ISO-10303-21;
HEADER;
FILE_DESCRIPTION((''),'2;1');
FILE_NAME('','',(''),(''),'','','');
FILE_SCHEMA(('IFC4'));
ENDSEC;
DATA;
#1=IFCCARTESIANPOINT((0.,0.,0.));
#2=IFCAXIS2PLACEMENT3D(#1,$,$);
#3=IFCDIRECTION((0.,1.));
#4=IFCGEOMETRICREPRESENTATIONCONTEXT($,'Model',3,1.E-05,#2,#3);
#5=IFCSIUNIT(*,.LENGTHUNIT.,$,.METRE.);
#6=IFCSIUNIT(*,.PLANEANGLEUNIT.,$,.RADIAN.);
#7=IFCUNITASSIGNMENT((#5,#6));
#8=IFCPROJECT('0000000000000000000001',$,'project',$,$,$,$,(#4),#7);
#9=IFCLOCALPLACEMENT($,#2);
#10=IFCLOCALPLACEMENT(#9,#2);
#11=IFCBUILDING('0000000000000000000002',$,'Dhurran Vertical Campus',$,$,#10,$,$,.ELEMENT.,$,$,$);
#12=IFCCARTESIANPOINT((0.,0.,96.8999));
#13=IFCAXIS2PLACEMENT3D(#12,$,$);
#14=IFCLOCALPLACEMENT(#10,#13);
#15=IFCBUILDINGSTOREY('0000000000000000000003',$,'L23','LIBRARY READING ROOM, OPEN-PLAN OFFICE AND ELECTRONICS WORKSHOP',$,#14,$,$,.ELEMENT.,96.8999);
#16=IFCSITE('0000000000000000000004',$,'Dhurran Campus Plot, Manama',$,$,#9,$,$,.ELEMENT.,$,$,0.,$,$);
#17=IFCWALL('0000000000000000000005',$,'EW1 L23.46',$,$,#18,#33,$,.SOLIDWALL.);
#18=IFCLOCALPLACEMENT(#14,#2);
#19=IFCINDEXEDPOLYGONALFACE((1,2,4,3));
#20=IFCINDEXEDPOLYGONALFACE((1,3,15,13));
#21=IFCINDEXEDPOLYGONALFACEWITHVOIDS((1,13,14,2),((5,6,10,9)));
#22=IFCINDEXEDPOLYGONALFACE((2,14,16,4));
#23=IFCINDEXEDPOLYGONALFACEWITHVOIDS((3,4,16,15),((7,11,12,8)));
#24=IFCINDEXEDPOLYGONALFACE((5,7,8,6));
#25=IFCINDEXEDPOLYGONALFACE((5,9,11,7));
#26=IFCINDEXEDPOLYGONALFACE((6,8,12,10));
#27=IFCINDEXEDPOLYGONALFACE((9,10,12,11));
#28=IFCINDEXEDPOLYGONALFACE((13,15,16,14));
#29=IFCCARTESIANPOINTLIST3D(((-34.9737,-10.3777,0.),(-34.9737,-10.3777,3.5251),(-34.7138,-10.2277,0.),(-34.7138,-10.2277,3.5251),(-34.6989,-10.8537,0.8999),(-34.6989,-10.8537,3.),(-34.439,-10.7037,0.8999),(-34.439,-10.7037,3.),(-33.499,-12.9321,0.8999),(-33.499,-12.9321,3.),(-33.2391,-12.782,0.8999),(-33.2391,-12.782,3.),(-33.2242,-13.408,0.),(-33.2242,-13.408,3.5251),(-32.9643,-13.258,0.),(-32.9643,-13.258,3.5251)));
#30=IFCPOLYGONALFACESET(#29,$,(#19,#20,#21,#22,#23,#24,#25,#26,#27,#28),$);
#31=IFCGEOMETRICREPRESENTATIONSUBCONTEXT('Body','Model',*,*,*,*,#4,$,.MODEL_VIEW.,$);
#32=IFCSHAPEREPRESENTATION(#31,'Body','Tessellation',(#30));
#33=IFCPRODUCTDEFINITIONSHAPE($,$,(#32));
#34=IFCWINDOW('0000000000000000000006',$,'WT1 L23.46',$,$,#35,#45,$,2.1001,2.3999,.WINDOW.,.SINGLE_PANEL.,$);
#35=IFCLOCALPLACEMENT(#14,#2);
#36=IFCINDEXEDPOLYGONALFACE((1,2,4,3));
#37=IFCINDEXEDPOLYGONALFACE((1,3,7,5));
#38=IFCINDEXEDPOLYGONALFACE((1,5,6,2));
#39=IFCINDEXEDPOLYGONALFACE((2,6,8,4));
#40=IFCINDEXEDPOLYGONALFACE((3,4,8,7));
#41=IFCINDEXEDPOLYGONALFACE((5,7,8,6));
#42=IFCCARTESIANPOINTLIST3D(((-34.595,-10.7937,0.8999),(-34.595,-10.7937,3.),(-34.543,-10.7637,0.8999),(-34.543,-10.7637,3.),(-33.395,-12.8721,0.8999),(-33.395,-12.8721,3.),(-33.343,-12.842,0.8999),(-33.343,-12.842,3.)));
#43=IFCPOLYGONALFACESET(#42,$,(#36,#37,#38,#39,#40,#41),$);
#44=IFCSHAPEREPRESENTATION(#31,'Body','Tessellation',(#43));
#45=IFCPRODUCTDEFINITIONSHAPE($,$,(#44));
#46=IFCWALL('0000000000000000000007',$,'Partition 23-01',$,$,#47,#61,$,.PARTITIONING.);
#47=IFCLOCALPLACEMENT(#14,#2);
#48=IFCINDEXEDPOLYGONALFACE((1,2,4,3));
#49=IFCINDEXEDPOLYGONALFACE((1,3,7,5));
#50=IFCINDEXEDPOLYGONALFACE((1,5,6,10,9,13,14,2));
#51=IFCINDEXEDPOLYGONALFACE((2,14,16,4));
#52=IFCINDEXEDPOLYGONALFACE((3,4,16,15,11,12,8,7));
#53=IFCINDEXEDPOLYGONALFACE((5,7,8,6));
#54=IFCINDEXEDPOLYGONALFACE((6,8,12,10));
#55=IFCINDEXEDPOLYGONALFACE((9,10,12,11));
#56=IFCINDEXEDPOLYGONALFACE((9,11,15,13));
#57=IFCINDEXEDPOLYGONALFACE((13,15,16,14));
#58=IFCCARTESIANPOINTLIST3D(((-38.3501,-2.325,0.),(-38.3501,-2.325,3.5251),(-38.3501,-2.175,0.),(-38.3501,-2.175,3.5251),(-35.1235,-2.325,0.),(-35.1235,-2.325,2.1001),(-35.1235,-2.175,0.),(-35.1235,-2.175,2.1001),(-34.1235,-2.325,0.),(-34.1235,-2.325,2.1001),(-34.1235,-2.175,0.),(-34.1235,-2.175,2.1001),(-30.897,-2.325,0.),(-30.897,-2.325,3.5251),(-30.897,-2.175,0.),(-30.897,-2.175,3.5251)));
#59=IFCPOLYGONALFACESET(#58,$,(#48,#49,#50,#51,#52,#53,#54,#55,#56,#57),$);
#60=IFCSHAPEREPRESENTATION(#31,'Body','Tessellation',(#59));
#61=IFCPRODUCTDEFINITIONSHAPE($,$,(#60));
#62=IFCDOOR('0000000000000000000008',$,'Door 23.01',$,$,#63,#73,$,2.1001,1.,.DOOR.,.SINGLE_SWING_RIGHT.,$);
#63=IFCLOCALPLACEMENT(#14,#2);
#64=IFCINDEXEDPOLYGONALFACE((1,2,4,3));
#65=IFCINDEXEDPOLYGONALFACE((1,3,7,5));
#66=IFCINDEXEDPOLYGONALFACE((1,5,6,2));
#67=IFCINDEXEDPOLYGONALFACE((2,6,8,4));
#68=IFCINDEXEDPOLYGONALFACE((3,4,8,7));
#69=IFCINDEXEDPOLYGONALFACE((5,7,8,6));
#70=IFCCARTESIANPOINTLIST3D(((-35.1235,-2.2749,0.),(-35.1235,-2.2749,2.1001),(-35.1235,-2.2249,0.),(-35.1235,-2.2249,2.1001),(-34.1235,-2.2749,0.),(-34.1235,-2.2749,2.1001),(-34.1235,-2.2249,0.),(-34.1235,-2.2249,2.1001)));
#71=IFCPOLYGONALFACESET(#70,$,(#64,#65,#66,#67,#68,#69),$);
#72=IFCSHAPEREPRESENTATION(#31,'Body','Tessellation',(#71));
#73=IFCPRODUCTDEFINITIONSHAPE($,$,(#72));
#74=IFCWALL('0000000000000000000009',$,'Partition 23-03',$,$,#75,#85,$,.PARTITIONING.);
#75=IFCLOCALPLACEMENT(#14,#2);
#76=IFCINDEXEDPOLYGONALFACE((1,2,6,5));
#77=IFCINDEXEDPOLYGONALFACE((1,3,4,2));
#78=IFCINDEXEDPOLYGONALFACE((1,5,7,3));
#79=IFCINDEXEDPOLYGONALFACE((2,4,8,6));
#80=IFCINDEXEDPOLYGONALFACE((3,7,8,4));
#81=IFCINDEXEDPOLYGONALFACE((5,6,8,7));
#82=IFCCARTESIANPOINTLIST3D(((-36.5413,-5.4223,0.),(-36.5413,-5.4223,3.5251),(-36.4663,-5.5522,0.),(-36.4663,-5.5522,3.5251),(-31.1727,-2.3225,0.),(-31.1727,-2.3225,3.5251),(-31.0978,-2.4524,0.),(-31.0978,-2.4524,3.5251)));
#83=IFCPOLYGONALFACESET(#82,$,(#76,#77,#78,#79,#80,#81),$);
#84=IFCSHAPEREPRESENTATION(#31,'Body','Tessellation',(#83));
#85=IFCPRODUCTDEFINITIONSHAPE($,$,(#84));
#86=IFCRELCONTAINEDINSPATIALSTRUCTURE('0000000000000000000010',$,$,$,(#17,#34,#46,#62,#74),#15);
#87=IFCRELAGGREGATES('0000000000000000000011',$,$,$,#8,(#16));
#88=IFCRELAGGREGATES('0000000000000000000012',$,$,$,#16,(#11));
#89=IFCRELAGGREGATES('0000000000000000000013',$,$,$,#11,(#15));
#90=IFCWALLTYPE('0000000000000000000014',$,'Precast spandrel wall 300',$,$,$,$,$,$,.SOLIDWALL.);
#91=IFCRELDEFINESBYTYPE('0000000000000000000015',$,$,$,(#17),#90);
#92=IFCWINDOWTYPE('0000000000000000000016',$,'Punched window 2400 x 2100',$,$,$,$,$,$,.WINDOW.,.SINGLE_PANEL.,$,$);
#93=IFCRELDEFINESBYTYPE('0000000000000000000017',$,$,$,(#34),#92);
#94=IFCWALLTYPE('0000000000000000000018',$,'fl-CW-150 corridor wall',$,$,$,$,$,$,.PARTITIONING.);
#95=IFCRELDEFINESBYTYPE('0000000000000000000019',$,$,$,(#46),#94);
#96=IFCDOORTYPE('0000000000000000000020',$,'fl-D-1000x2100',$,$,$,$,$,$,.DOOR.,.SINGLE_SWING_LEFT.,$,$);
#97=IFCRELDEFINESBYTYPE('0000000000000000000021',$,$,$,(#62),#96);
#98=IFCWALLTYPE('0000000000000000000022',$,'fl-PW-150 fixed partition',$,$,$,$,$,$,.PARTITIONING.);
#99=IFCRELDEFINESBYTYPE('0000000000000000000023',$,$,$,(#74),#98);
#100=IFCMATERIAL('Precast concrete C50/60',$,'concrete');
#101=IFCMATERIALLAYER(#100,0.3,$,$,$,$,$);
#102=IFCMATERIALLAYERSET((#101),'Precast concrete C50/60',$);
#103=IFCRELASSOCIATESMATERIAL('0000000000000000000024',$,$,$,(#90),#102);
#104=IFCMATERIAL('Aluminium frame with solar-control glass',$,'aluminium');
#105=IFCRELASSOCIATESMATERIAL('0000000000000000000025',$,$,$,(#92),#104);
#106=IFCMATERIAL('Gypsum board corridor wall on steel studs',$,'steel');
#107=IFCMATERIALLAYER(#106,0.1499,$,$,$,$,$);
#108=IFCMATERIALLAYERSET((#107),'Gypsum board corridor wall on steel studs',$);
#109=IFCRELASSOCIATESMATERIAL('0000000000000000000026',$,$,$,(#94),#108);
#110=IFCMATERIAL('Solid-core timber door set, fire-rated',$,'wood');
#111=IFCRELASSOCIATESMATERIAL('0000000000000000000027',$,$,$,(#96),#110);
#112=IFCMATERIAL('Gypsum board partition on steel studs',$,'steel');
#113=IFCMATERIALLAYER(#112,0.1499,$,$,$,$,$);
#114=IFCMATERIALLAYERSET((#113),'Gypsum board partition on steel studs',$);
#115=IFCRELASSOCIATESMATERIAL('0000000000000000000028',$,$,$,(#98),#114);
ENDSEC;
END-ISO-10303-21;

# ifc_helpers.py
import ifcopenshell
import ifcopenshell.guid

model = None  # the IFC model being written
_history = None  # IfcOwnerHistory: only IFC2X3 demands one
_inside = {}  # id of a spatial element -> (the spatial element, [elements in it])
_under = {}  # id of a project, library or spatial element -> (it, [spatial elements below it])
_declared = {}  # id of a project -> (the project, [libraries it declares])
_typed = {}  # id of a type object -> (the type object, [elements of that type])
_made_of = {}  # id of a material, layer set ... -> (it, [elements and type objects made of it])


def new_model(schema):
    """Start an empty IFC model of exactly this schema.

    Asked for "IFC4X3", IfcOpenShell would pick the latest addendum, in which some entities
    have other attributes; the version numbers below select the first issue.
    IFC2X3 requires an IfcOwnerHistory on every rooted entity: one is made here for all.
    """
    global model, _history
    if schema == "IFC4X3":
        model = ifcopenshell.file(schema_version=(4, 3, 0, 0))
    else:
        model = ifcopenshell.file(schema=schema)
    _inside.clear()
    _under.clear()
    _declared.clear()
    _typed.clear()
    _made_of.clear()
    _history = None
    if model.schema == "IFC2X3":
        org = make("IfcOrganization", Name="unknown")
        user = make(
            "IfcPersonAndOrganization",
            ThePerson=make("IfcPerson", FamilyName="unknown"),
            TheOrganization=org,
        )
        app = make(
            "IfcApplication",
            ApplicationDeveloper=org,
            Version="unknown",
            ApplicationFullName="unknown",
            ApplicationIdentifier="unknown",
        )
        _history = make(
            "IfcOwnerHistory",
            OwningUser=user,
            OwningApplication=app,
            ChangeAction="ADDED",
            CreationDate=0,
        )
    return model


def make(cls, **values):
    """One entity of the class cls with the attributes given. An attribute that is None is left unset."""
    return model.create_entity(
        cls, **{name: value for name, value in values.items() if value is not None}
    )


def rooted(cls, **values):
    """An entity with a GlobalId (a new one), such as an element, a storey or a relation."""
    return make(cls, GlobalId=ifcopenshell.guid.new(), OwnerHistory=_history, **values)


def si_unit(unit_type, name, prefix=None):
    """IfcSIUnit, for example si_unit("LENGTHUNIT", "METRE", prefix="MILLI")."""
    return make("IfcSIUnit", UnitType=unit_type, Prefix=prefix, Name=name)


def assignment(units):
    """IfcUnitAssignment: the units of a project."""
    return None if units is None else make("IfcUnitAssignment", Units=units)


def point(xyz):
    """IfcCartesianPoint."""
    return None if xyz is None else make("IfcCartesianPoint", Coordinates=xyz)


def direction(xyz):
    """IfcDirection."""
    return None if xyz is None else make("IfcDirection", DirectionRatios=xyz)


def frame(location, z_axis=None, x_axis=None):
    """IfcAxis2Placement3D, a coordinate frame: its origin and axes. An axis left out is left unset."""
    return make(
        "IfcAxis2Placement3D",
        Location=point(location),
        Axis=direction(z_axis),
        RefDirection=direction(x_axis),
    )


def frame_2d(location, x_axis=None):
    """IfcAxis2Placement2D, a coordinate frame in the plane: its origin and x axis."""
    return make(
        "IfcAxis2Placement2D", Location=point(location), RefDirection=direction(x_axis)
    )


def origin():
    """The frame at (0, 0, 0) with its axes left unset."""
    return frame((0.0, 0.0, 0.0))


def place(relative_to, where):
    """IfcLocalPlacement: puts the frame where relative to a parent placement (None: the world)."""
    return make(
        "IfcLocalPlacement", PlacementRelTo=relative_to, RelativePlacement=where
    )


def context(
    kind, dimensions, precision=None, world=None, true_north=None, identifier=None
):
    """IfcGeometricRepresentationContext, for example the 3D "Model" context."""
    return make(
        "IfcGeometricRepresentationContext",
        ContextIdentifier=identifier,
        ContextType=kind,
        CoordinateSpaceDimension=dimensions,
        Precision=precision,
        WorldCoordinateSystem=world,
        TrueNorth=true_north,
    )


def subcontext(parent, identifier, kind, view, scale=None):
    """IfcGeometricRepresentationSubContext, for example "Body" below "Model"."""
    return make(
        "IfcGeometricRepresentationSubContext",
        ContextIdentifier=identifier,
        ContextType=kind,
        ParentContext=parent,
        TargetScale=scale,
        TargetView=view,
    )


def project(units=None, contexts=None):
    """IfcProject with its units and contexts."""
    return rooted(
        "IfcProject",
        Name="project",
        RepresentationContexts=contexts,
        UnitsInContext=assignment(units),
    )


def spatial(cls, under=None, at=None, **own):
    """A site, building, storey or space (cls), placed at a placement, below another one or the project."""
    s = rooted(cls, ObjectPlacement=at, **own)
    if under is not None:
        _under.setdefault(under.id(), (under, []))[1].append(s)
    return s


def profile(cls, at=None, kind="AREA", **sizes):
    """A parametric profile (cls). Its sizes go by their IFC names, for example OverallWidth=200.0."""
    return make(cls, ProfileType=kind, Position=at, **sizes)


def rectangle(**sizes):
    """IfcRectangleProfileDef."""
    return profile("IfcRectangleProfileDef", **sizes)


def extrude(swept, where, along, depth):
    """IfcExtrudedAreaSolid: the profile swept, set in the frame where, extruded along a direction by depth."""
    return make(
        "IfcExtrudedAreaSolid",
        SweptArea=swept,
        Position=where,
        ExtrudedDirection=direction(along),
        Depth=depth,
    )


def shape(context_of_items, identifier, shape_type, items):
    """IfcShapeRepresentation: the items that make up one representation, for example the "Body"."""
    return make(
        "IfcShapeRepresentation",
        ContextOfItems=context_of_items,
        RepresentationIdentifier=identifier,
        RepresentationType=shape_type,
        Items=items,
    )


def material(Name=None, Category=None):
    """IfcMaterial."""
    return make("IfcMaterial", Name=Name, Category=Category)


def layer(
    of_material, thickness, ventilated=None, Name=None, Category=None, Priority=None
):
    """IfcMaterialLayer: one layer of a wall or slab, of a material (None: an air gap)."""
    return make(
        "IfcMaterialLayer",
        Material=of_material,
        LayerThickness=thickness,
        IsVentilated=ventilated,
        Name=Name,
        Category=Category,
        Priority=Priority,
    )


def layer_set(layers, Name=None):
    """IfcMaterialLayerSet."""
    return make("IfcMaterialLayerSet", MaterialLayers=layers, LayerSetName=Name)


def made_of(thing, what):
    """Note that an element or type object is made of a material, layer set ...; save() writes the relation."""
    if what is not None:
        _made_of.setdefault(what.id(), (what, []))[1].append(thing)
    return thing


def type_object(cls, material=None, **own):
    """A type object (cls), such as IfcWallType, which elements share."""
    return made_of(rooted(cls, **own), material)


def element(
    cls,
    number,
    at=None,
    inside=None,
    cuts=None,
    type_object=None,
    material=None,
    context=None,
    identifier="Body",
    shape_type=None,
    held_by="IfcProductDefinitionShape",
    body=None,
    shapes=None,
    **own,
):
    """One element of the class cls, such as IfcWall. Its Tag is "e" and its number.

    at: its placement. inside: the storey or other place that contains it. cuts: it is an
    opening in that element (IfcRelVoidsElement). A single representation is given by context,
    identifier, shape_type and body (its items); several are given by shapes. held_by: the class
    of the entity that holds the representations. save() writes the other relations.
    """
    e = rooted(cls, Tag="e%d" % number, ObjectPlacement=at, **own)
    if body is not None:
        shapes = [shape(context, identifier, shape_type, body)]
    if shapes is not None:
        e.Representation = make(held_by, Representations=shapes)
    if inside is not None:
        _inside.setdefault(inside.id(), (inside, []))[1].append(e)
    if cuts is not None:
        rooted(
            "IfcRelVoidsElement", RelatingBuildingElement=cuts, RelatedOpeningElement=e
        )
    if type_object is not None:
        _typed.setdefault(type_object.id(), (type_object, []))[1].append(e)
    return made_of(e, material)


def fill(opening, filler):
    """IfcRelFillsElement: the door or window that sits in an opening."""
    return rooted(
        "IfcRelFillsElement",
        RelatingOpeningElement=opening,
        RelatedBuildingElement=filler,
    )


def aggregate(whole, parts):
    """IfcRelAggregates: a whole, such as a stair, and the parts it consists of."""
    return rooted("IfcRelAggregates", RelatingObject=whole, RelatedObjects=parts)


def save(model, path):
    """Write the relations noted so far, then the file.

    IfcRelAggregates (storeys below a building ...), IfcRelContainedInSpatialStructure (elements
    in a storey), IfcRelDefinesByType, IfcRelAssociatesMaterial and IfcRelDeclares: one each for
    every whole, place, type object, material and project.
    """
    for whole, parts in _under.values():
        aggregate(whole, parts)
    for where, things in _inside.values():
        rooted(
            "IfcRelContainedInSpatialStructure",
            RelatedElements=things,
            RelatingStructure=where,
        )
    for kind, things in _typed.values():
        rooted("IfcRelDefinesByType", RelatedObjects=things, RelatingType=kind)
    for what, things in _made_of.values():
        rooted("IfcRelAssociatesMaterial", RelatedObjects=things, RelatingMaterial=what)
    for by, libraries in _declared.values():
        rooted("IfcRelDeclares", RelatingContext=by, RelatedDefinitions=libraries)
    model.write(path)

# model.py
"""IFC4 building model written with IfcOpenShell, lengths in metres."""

from ifc_helpers import new_model, si_unit, direction, frame, frame_2d, origin, place, context, subcontext, project, spatial, rectangle, extrude, material, layer, layer_set, type_object, element, fill, save


model = new_model("IFC4")

# Units and contexts
model_context = context("Model", 3, precision=1e-05, world=origin(), true_north=direction((0.0, 1.0)))
body_context = subcontext(model_context, "Body", "Model", "MODEL_VIEW")
ifc_project = project(units=[si_unit("LENGTHUNIT", "METRE"), si_unit("PLANEANGLEUNIT", "RADIAN")], contexts=[model_context])

# Site, building, storey
site_placement = place(None, origin())
site = spatial("IfcSite", under=ifc_project, at=site_placement, Name="Dhurran Campus Plot, Manama", CompositionType="ELEMENT", RefElevation=0.0)
building_placement = place(site_placement, origin())
building = spatial("IfcBuilding", under=site, at=building_placement, Name="Dhurran Vertical Campus", CompositionType="ELEMENT")
storey_placement = place(building_placement, frame((0.0, 0.0, 96.8999)))
storey = spatial("IfcBuildingStorey", under=building, at=storey_placement, Name="L23", Description="LIBRARY READING ROOM, OPEN-PLAN OFFICE AND ELECTRONICS WORKSHOP", CompositionType="ELEMENT", Elevation=96.8999)

# Wall, opening, window
ifc_material_1 = material(Name="Precast concrete C50/60", Category="concrete")
ifc_layer_1 = layer(ifc_material_1, 0.3)
ifc_layer_set_1 = layer_set([ifc_layer_1], Name="Precast concrete C50/60")
wall_type_1 = type_object("IfcWallType", Name="Precast spandrel wall 300", PredefinedType="SOLIDWALL", material=ifc_layer_set_1)
ifc_material_2 = material(Name="Aluminium frame with solar-control glass", Category="aluminium")
window_type = type_object("IfcWindowType", Name="Punched window 2400 x 2100", PartitioningType="SINGLE_PANEL", PredefinedType="WINDOW", material=ifc_material_2)
wall_1_placement = place(storey_placement, frame((-34.8438, -10.3027, 0.0), z_axis=(0.0, 0.0, 1.0), x_axis=(0.499996, -0.866028, 0.0)))
wall_1 = element("IfcWall", 1, at=wall_1_placement, inside=storey, type_object=wall_type_1, Name="EW1 L23.46", PredefinedType="SOLIDWALL", context=body_context, shape_type="SweptSolid", body=[
    extrude(rectangle(XDim=3.499, YDim=0.3, at=frame_2d((1.7495, 0.0))), origin(), (0.0, 0.0, 1.0), 3.5251),
])
opening_1_placement = place(wall_1_placement, frame((0.5496, 0.0, 0.8999)))
opening_1 = element("IfcOpeningElement", 2, at=opening_1_placement, cuts=wall_1, PredefinedType="OPENING", context=body_context, shape_type="SweptSolid", body=[
    extrude(rectangle(XDim=2.3999, YDim=2.1001, at=frame_2d((1.2, 1.05))), frame((0.0, 0.1599, 0.0), z_axis=(0.0, -1.0, 0.0), x_axis=(1.0, 0.0, 0.0)), (0.0, 0.0, 1.0), 0.3201),
])
window_1_placement = place(opening_1_placement, origin())
window_1 = element("IfcWindow", 3, at=window_1_placement, inside=storey, type_object=window_type, Name="WT1 L23.46", OverallHeight=2.1001, OverallWidth=2.3999, PartitioningType="SINGLE_PANEL", PredefinedType="WINDOW", context=body_context, shape_type="SweptSolid", body=[
    extrude(rectangle(XDim=2.3999, YDim=2.1001, at=frame_2d((1.2, 1.05))), frame((0.0, 0.03, 0.0), z_axis=(0.0, -1.0, 0.0), x_axis=(1.0, 0.0, 0.0)), (0.0, 0.0, 1.0), 0.0601),
])
fill(opening_1, window_1)

# Wall, opening, door
ifc_material_3 = material(Name="Gypsum board corridor wall on steel studs", Category="steel")
ifc_layer_2 = layer(ifc_material_3, 0.1499)
ifc_layer_set_2 = layer_set([ifc_layer_2], Name="Gypsum board corridor wall on steel studs")
wall_type_2 = type_object("IfcWallType", Name="fl-CW-150 corridor wall", PredefinedType="PARTITIONING", material=ifc_layer_set_2)
wall_2_placement = place(storey_placement, frame((-30.897, -2.25, 0.0), z_axis=(0.0, 0.0, 1.0), x_axis=(-1.0, 0.0, 0.0)))
wall_2 = element("IfcWall", 4, at=wall_2_placement, inside=storey, type_object=wall_type_2, Name="Partition 23-01", PredefinedType="PARTITIONING", context=body_context, shape_type="SweptSolid", body=[
    extrude(rectangle(XDim=7.4531, YDim=0.1499, at=frame_2d((3.7266, 0.0))), origin(), (0.0, 0.0, 1.0), 3.5251),
])
opening_2_placement = place(wall_2_placement, frame((3.2266, 0.0, 0.0)))
opening_2 = element("IfcOpeningElement", 5, at=opening_2_placement, cuts=wall_2, PredefinedType="OPENING", context=body_context, shape_type="SweptSolid", body=[
    extrude(rectangle(XDim=1.0, YDim=2.1001, at=frame_2d((0.5, 1.05))), frame((0.0, 0.085, 0.0), z_axis=(0.0, -1.0, 0.0), x_axis=(1.0, 0.0, 0.0)), (0.0, 0.0, 1.0), 0.1699),
])
ifc_material_4 = material(Name="Solid-core timber door set, fire-rated", Category="wood")
door_type = type_object("IfcDoorType", Name="fl-D-1000x2100", OperationType="SINGLE_SWING_LEFT", PredefinedType="DOOR", material=ifc_material_4)
door_placement = place(opening_2_placement, origin())
door = element("IfcDoor", 6, at=door_placement, inside=storey, type_object=door_type, Name="Door 23.01", OperationType="SINGLE_SWING_RIGHT", OverallHeight=2.1001, OverallWidth=1.0, PredefinedType="DOOR", context=body_context, shape_type="SweptSolid", body=[
    extrude(rectangle(XDim=1.0, YDim=2.1001, at=frame_2d((0.5, 1.05))), frame((0.0, 0.0249, 0.0), z_axis=(0.0, -1.0, 0.0), x_axis=(1.0, 0.0, 0.0)), (0.0, 0.0, 1.0), 0.05),
])
fill(opening_2, door)

# Wall
ifc_material_5 = material(Name="Gypsum board partition on steel studs", Category="steel")
ifc_layer_3 = layer(ifc_material_5, 0.1499)
ifc_layer_set_3 = layer_set([ifc_layer_3], Name="Gypsum board partition on steel studs")
wall_type_3 = type_object("IfcWallType", Name="fl-PW-150 fixed partition", PredefinedType="PARTITIONING", material=ifc_layer_set_3)
wall_3_placement = place(storey_placement, frame((-31.1353, -2.3875, 0.0), z_axis=(0.0, 0.0, 1.0), x_axis=(-0.866007, -0.500032, 0.0)))
element("IfcWall", 7, at=wall_3_placement, inside=storey, type_object=wall_type_3, Name="Partition 23-03", PredefinedType="PARTITIONING", context=body_context, shape_type="SweptSolid", body=[
    extrude(rectangle(XDim=6.1992, YDim=0.1499, at=frame_2d((3.0996, 0.0))), origin(), (0.0, 0.0, 1.0), 3.5251),
])

save(model, "model.ifc")
